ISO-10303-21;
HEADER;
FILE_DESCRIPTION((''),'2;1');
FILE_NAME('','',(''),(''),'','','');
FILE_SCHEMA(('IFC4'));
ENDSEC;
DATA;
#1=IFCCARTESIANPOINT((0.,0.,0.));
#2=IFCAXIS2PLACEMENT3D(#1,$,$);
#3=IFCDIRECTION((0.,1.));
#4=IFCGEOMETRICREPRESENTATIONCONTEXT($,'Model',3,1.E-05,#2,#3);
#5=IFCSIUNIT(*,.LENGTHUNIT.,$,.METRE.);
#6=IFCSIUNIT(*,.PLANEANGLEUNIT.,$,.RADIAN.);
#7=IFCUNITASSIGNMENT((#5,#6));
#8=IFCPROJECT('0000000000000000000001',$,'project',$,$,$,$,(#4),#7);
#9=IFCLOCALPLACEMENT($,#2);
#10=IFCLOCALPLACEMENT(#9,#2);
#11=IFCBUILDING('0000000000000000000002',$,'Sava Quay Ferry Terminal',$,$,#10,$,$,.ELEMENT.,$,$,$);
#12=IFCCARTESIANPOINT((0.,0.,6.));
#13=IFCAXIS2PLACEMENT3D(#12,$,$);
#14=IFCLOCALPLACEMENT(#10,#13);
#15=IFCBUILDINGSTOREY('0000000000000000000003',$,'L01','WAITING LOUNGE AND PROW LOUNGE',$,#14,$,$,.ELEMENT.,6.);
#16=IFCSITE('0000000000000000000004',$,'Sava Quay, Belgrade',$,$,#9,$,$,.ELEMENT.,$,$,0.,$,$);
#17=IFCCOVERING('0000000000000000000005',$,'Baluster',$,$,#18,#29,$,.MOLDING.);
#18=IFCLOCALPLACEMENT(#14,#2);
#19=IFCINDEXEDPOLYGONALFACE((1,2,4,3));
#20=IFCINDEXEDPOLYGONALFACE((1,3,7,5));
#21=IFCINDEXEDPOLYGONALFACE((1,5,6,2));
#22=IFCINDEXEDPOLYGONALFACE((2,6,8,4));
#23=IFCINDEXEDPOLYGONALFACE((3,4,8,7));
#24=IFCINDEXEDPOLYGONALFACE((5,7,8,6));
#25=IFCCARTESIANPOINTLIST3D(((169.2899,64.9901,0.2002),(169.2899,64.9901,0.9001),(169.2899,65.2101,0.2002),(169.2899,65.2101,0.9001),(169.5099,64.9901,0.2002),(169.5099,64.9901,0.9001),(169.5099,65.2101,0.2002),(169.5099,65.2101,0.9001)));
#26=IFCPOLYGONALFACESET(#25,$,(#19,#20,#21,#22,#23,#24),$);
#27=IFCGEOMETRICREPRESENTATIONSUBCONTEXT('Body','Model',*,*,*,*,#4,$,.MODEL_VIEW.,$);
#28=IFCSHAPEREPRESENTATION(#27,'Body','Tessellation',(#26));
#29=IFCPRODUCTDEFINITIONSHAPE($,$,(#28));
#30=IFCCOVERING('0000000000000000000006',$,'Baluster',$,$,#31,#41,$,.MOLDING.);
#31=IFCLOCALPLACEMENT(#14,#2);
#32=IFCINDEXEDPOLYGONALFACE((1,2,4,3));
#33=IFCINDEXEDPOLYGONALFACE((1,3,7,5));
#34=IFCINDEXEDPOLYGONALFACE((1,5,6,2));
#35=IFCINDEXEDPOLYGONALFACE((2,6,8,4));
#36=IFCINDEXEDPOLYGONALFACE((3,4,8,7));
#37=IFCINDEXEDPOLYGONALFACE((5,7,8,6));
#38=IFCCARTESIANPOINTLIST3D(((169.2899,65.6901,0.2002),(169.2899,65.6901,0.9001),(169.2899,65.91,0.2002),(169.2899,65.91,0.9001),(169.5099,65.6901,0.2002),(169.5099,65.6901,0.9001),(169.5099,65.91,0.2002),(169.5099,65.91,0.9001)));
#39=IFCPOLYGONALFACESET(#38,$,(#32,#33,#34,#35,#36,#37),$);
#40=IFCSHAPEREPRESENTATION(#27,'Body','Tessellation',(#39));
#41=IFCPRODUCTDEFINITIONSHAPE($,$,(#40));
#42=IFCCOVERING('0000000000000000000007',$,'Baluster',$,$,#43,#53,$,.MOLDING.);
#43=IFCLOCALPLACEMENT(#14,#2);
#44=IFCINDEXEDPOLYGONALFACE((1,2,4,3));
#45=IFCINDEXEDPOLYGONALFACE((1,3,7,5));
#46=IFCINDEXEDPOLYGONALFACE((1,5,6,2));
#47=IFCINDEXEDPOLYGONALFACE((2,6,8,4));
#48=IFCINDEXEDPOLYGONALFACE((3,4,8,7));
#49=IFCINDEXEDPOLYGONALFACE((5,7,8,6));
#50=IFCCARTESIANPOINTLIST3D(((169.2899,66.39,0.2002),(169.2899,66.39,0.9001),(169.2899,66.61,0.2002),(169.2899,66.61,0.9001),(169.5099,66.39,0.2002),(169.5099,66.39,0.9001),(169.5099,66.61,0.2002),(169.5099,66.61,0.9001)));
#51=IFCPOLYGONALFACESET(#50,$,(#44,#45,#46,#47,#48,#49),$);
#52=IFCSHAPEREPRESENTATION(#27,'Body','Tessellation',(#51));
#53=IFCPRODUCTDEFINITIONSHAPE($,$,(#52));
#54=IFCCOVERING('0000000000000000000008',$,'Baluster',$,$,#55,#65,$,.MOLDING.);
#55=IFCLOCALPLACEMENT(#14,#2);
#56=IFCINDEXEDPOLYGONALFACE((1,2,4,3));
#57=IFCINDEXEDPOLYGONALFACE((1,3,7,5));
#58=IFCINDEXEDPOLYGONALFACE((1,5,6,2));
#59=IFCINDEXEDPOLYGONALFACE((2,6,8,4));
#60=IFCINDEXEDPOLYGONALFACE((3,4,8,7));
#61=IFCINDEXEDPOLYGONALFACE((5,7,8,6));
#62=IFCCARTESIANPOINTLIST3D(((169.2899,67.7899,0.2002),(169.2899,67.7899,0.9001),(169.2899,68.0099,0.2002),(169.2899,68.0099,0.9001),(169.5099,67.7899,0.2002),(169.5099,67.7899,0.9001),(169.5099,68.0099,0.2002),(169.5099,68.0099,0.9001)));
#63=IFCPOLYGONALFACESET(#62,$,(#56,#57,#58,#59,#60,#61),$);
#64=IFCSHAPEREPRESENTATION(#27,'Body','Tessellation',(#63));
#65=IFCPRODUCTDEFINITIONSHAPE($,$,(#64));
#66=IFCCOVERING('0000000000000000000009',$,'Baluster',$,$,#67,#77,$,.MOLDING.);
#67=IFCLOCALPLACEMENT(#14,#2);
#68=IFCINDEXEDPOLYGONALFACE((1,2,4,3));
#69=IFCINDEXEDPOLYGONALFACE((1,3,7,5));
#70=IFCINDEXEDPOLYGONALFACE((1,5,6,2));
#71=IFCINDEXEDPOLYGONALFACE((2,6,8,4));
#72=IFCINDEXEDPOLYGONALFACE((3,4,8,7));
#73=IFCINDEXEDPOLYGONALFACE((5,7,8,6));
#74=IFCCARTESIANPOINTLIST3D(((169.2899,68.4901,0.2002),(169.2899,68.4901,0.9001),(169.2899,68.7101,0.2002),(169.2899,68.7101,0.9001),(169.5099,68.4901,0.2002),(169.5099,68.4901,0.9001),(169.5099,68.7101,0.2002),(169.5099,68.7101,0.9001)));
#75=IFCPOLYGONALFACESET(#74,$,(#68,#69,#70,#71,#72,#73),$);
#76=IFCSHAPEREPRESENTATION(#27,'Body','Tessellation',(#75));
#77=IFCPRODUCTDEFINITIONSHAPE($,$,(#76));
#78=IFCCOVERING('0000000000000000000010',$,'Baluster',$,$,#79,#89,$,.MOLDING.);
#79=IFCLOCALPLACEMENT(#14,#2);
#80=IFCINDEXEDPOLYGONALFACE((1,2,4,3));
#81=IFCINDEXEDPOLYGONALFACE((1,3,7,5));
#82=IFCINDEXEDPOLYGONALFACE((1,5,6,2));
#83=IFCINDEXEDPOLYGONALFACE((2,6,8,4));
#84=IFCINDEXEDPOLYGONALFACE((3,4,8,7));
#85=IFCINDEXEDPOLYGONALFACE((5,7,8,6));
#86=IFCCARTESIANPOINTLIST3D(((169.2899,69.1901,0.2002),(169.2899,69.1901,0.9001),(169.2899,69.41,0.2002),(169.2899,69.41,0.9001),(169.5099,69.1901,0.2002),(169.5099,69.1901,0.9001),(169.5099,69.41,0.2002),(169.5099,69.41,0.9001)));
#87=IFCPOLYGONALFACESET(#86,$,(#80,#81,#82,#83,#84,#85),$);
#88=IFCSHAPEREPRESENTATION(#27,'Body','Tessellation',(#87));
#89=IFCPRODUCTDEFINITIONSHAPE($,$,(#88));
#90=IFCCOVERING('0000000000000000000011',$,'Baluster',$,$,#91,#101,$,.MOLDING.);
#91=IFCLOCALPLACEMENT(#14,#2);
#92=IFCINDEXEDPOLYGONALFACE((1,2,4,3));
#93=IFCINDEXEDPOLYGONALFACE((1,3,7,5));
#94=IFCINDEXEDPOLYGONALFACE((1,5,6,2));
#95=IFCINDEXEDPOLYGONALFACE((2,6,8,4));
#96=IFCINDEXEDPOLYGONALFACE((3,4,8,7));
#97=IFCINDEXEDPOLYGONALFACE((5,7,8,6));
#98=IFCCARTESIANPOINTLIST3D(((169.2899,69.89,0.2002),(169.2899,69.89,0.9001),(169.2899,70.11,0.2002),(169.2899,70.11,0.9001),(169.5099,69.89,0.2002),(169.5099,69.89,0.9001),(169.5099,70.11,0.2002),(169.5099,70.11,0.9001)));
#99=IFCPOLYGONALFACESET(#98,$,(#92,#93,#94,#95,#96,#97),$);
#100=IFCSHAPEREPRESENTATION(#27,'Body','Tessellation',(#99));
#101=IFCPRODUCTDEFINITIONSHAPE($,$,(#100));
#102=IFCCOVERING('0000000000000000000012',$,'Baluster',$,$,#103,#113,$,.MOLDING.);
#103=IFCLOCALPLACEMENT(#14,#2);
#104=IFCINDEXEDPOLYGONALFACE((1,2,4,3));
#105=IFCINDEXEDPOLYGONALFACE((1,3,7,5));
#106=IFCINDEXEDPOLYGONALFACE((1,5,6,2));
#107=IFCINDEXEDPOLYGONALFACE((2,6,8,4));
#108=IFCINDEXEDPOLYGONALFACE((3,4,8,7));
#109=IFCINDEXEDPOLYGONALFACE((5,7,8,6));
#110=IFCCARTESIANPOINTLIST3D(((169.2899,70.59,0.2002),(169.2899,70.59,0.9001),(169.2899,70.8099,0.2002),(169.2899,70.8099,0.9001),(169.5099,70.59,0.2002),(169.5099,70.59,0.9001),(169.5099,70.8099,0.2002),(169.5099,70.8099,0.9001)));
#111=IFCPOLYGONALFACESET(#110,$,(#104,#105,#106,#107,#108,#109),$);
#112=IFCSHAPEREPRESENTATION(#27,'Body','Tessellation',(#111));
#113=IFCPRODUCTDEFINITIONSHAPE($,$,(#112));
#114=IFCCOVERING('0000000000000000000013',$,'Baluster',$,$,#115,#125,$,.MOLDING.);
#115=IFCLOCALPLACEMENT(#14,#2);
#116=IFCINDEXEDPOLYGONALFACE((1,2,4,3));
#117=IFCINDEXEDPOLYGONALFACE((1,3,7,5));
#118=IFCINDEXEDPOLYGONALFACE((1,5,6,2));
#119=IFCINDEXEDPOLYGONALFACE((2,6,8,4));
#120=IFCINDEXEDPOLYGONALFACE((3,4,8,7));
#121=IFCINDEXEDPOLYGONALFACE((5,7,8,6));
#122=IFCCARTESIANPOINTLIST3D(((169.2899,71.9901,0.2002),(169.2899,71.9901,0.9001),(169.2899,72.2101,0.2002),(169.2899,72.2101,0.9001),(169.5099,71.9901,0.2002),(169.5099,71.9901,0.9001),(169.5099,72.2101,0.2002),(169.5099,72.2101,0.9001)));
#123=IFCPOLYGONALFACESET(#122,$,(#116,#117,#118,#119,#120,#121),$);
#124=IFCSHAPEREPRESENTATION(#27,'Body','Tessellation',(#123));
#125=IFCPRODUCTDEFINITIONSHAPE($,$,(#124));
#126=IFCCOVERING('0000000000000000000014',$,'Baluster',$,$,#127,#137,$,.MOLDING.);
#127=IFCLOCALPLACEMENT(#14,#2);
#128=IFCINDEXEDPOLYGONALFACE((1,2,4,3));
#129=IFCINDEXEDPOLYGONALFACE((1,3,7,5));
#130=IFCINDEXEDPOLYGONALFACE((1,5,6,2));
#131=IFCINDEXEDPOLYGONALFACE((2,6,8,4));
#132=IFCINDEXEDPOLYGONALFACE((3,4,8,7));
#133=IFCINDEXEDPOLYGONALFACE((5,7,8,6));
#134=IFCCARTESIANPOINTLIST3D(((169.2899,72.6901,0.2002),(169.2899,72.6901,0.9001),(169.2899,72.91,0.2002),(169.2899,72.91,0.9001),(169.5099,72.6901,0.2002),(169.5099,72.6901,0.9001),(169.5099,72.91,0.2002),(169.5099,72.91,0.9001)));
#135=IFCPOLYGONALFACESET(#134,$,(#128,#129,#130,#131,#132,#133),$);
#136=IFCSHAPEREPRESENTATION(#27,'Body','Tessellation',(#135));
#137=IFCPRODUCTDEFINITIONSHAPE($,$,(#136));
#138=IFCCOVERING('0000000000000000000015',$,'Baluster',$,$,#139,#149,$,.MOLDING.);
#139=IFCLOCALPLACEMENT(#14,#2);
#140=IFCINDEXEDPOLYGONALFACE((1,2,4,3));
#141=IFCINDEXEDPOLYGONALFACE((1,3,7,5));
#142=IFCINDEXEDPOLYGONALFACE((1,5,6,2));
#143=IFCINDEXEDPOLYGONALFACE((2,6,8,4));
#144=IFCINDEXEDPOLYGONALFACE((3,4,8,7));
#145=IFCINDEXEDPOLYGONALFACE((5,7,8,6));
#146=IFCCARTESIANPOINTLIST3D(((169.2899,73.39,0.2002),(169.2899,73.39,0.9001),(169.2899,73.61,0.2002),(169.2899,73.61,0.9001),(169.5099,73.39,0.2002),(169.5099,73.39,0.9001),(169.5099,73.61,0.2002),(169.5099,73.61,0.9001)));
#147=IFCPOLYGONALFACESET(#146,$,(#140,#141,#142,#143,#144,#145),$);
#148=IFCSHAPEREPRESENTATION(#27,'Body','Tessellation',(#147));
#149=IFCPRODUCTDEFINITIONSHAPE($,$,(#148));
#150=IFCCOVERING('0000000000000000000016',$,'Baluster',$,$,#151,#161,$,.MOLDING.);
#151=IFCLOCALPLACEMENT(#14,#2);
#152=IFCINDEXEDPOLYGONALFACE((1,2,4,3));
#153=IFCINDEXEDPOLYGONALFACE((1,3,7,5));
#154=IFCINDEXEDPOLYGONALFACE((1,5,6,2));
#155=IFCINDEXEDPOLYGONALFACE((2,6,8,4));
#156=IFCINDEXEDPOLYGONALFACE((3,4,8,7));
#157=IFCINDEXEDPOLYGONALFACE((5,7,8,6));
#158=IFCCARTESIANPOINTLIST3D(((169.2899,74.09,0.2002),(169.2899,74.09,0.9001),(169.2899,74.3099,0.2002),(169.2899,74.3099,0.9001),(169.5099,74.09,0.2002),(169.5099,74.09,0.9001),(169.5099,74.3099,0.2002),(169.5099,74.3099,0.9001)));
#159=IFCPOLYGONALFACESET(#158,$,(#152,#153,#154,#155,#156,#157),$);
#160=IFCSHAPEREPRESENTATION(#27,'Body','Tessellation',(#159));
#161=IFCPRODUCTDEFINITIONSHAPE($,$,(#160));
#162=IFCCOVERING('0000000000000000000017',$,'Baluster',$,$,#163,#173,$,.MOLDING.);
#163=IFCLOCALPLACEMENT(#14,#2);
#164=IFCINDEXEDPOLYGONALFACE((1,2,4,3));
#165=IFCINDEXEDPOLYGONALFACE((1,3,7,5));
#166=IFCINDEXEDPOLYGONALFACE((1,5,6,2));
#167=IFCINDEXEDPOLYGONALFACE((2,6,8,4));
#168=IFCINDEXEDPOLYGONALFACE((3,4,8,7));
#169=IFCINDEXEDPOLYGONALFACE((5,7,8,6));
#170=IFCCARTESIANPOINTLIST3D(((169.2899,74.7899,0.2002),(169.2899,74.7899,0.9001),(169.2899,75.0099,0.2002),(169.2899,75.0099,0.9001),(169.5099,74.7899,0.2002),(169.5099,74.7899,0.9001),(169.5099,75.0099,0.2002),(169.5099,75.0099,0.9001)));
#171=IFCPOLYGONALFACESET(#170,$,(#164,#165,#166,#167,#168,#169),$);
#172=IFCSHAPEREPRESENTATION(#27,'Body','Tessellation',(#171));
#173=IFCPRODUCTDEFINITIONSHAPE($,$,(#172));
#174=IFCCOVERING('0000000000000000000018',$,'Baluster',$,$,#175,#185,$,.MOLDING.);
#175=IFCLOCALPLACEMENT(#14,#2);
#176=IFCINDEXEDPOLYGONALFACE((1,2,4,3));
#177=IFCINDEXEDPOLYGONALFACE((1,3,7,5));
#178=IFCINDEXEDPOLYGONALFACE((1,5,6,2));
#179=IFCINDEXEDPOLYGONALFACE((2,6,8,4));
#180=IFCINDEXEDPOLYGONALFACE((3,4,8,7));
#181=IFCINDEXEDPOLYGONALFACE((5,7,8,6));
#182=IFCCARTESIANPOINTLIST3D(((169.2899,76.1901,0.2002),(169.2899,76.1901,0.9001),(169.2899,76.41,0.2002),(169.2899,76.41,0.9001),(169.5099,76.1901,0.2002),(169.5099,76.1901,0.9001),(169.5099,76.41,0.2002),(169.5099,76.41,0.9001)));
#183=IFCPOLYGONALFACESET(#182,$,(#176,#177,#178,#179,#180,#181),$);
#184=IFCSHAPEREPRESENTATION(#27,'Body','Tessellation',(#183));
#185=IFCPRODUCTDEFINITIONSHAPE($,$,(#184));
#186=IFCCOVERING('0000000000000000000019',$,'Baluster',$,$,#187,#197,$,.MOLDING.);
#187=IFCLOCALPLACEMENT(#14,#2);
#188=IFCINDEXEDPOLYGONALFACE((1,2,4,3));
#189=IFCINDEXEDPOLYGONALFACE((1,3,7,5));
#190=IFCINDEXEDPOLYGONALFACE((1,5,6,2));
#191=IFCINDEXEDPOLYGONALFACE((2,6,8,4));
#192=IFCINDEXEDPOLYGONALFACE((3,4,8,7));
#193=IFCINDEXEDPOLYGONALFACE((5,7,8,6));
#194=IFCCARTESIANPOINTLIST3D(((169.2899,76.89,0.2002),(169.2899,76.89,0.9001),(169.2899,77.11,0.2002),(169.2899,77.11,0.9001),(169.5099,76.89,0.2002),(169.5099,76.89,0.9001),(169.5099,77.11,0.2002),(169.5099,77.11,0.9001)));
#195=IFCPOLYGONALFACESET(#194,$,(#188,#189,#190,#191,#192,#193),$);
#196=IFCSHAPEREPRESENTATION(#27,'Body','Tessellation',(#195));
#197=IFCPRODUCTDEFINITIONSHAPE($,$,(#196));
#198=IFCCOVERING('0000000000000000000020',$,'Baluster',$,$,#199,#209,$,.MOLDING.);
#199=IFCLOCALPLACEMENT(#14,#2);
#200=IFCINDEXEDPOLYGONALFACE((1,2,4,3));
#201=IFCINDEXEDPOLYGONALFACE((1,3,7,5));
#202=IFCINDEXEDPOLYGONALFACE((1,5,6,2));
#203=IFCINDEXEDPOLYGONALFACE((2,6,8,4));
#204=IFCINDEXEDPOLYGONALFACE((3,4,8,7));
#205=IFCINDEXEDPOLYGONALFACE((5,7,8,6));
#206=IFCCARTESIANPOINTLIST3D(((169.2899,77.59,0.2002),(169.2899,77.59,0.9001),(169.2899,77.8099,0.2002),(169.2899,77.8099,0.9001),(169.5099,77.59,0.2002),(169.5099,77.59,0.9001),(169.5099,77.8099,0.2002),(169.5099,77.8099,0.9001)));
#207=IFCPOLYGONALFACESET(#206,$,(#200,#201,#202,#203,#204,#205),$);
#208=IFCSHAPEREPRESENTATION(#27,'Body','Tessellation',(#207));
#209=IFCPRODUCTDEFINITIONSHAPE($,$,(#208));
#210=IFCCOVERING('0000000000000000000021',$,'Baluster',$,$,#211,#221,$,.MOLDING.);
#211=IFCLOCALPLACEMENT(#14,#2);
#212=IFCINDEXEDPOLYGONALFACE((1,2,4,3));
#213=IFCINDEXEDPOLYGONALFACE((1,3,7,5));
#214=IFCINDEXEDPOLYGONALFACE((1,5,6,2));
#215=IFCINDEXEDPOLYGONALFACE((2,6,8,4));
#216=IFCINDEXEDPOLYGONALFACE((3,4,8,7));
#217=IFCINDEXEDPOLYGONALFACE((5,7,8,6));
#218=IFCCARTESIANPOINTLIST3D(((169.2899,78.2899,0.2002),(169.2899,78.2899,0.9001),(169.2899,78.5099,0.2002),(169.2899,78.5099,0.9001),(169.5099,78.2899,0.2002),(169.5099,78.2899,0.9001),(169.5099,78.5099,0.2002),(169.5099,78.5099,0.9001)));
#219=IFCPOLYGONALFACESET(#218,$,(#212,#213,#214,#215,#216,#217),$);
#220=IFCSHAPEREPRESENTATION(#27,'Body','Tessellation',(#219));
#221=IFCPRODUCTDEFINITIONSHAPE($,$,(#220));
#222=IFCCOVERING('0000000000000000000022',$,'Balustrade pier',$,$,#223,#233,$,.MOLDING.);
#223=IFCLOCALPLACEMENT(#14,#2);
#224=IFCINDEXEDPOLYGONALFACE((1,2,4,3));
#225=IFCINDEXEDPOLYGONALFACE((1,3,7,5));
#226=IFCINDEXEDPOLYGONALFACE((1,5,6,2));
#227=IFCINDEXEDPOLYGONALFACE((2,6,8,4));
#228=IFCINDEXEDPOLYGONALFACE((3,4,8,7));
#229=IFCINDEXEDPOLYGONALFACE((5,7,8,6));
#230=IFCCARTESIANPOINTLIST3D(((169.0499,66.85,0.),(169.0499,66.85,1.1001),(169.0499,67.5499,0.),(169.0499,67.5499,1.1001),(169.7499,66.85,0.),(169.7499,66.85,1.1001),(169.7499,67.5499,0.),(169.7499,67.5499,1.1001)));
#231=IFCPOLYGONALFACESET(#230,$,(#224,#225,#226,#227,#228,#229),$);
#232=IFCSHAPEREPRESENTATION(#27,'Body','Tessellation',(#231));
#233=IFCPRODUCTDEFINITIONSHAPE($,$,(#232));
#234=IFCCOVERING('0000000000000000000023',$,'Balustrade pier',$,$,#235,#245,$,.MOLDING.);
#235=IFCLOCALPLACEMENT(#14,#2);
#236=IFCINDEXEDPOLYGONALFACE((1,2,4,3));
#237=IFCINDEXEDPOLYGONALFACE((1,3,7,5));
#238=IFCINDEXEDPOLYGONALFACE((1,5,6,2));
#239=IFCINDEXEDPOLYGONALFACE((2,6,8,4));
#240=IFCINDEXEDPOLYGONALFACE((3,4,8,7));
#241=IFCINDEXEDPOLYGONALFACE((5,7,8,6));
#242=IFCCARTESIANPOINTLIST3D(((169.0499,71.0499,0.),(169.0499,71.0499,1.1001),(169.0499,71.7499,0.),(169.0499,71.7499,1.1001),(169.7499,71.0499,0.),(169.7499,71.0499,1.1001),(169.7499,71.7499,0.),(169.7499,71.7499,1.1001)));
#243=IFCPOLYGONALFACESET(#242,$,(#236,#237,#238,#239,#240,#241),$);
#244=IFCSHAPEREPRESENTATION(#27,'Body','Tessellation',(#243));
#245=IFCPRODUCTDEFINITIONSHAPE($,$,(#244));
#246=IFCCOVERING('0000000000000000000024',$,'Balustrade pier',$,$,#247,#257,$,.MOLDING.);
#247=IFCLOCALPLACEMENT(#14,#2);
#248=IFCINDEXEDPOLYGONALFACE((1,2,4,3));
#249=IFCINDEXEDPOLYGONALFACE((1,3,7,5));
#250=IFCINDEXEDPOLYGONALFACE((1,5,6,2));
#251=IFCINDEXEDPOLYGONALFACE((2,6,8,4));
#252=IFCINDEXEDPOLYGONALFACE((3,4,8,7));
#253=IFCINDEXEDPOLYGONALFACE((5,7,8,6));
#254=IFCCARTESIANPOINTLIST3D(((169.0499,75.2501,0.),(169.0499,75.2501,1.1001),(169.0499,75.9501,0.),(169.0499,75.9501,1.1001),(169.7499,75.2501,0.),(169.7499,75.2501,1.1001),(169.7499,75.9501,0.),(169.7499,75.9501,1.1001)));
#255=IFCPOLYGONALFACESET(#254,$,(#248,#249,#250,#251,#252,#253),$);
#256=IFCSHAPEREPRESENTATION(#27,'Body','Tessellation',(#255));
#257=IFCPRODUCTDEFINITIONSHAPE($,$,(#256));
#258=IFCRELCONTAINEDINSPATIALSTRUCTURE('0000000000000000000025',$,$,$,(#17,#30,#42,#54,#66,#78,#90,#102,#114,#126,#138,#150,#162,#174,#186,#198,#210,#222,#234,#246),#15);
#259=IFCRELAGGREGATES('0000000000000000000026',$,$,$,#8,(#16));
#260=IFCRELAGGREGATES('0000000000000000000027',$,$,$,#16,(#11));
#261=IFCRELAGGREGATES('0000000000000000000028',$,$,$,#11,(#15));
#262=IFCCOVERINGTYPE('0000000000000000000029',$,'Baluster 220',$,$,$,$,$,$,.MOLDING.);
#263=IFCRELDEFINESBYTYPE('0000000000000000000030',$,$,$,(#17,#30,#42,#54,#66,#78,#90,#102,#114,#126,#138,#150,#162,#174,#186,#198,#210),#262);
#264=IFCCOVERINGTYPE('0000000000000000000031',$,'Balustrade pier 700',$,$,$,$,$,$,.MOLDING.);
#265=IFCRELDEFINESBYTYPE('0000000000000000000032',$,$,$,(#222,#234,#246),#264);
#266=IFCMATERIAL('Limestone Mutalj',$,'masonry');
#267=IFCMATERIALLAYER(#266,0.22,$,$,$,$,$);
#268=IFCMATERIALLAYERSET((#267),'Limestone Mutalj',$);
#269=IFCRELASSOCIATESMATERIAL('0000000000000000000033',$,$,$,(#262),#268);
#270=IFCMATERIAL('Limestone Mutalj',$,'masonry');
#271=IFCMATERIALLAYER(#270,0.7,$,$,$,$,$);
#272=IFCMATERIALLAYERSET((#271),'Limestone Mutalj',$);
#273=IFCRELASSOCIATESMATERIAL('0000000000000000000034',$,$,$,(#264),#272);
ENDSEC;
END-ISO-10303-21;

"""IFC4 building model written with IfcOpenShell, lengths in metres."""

from ifc_helpers import new_model, si_unit, direction, frame, origin, origin_2d, place, context, subcontext, project, spatial, rectangle, extrude, material, layer, layer_set, type_object, element, save


model = new_model("IFC4")

# Units and contexts
model_context = context("Model", 3, precision=1e-05, world=origin(), true_north=direction((0.0, 1.0)))
body_context = subcontext(model_context, "Body", "Model", "MODEL_VIEW")
ifc_project = project(units=[si_unit("LENGTHUNIT", "METRE"), si_unit("PLANEANGLEUNIT", "RADIAN")], contexts=[model_context])

# Site, building, storey
site_placement = place(None, origin())
site = spatial("IfcSite", under=ifc_project, at=site_placement, Name="Sava Quay, Belgrade", CompositionType="ELEMENT", RefElevation=0.0)
building_placement = place(site_placement, origin())
building = spatial("IfcBuilding", under=site, at=building_placement, Name="Sava Quay Ferry Terminal", CompositionType="ELEMENT")
storey_placement = place(building_placement, frame((0.0, 0.0, 6.0)))
storey = spatial("IfcBuildingStorey", under=building, at=storey_placement, Name="L01", Description="WAITING LOUNGE AND PROW LOUNGE", CompositionType="ELEMENT", Elevation=6.0)

# Coverings
ifc_material_1 = material(Name="Limestone Mutalj", Category="masonry")
ifc_layer_1 = layer(ifc_material_1, 0.22)
ifc_layer_set_1 = layer_set([ifc_layer_1], Name="Limestone Mutalj")
covering_type_1 = type_object("IfcCoveringType", Name="Baluster 220", PredefinedType="MOLDING", material=ifc_layer_set_1)
for number, where, z_axis, x_axis, name in (
    (1, (169.3999, 65.1001, 0.2002), (0.0, 0.0, 1.0), (1.0, 0.0, 0.0), "Baluster"),
    (2, (169.3999, 65.8, 0.2002), (0.0, 0.0, 1.0), (1.0, 0.0, 0.0), "Baluster"),
    (3, (169.3999, 66.5, 0.2002), (0.0, 0.0, 1.0), (1.0, 0.0, 0.0), "Baluster"),
    (4, (169.3999, 67.8999, 0.2002), (0.0, 0.0, 1.0), (1.0, 0.0, 0.0), "Baluster"),
    (5, (169.3999, 68.6001, 0.2002), (0.0, 0.0, 1.0), (1.0, 0.0, 0.0), "Baluster"),
    (6, (169.3999, 69.3, 0.2002), (0.0, 0.0, 1.0), (1.0, 0.0, 0.0), "Baluster"),
    (7, (169.3999, 70.0, 0.2002), (0.0, 0.0, 1.0), (1.0, 0.0, 0.0), "Baluster"),
    (8, (169.3999, 70.7, 0.2002), (0.0, 0.0, 1.0), (1.0, 0.0, 0.0), "Baluster"),
    (9, (169.3999, 72.1001, 0.2002), (0.0, 0.0, 1.0), (1.0, 0.0, 0.0), "Baluster"),
    (10, (169.3999, 72.8, 0.2002), (0.0, 0.0, 1.0), (1.0, 0.0, 0.0), "Baluster"),
    (11, (169.3999, 73.5, 0.2002), (0.0, 0.0, 1.0), (1.0, 0.0, 0.0), "Baluster"),
    (12, (169.3999, 74.2, 0.2002), (0.0, 0.0, 1.0), (1.0, 0.0, 0.0), "Baluster"),
    (13, (169.3999, 74.8999, 0.2002), (0.0, 0.0, 1.0), (1.0, 0.0, 0.0), "Baluster"),
    (14, (169.3999, 76.3, 0.2002), (0.0, 0.0, 1.0), (1.0, 0.0, 0.0), "Baluster"),
    (15, (169.3999, 77.0, 0.2002), (0.0, 0.0, 1.0), (1.0, 0.0, 0.0), "Baluster"),
    (16, (169.3999, 77.7, 0.2002), (0.0, 0.0, 1.0), (1.0, 0.0, 0.0), "Baluster"),
    (17, (169.3999, 78.3999, 0.2002), (0.0, 0.0, 1.0), (1.0, 0.0, 0.0), "Baluster"),
):
    element("IfcCovering", number, at=place(storey_placement, frame(where, z_axis=z_axis, x_axis=x_axis)), inside=storey, type_object=covering_type_1, Name=name, PredefinedType="MOLDING", context=body_context, shape_type="SweptSolid", body=[
        extrude(rectangle(XDim=0.22, YDim=0.22, at=origin_2d()), origin(), (0.0, 0.0, 1.0), 0.7),
    ])
ifc_material_2 = material(Name="Limestone Mutalj", Category="masonry")
ifc_layer_2 = layer(ifc_material_2, 0.7)
ifc_layer_set_2 = layer_set([ifc_layer_2], Name="Limestone Mutalj")
covering_type_2 = type_object("IfcCoveringType", Name="Balustrade pier 700", PredefinedType="MOLDING", material=ifc_layer_set_2)
for number, where, z_axis, x_axis, name in (
    (18, (169.3999, 67.2, 0.0), (0.0, 0.0, 1.0), (1.0, 0.0, 0.0), "Balustrade pier"),
    (19, (169.3999, 71.3999, 0.0), (0.0, 0.0, 1.0), (1.0, 0.0, 0.0), "Balustrade pier"),
    (20, (169.3999, 75.6001, 0.0), (0.0, 0.0, 1.0), (1.0, 0.0, 0.0), "Balustrade pier"),
):
    element("IfcCovering", number, at=place(storey_placement, frame(where, z_axis=z_axis, x_axis=x_axis)), inside=storey, type_object=covering_type_2, Name=name, PredefinedType="MOLDING", context=body_context, shape_type="SweptSolid", body=[
        extrude(rectangle(XDim=0.7, YDim=0.7, at=origin_2d()), origin(), (0.0, 0.0, 1.0), 1.1001),
    ])

save(model, "model.ifc")
